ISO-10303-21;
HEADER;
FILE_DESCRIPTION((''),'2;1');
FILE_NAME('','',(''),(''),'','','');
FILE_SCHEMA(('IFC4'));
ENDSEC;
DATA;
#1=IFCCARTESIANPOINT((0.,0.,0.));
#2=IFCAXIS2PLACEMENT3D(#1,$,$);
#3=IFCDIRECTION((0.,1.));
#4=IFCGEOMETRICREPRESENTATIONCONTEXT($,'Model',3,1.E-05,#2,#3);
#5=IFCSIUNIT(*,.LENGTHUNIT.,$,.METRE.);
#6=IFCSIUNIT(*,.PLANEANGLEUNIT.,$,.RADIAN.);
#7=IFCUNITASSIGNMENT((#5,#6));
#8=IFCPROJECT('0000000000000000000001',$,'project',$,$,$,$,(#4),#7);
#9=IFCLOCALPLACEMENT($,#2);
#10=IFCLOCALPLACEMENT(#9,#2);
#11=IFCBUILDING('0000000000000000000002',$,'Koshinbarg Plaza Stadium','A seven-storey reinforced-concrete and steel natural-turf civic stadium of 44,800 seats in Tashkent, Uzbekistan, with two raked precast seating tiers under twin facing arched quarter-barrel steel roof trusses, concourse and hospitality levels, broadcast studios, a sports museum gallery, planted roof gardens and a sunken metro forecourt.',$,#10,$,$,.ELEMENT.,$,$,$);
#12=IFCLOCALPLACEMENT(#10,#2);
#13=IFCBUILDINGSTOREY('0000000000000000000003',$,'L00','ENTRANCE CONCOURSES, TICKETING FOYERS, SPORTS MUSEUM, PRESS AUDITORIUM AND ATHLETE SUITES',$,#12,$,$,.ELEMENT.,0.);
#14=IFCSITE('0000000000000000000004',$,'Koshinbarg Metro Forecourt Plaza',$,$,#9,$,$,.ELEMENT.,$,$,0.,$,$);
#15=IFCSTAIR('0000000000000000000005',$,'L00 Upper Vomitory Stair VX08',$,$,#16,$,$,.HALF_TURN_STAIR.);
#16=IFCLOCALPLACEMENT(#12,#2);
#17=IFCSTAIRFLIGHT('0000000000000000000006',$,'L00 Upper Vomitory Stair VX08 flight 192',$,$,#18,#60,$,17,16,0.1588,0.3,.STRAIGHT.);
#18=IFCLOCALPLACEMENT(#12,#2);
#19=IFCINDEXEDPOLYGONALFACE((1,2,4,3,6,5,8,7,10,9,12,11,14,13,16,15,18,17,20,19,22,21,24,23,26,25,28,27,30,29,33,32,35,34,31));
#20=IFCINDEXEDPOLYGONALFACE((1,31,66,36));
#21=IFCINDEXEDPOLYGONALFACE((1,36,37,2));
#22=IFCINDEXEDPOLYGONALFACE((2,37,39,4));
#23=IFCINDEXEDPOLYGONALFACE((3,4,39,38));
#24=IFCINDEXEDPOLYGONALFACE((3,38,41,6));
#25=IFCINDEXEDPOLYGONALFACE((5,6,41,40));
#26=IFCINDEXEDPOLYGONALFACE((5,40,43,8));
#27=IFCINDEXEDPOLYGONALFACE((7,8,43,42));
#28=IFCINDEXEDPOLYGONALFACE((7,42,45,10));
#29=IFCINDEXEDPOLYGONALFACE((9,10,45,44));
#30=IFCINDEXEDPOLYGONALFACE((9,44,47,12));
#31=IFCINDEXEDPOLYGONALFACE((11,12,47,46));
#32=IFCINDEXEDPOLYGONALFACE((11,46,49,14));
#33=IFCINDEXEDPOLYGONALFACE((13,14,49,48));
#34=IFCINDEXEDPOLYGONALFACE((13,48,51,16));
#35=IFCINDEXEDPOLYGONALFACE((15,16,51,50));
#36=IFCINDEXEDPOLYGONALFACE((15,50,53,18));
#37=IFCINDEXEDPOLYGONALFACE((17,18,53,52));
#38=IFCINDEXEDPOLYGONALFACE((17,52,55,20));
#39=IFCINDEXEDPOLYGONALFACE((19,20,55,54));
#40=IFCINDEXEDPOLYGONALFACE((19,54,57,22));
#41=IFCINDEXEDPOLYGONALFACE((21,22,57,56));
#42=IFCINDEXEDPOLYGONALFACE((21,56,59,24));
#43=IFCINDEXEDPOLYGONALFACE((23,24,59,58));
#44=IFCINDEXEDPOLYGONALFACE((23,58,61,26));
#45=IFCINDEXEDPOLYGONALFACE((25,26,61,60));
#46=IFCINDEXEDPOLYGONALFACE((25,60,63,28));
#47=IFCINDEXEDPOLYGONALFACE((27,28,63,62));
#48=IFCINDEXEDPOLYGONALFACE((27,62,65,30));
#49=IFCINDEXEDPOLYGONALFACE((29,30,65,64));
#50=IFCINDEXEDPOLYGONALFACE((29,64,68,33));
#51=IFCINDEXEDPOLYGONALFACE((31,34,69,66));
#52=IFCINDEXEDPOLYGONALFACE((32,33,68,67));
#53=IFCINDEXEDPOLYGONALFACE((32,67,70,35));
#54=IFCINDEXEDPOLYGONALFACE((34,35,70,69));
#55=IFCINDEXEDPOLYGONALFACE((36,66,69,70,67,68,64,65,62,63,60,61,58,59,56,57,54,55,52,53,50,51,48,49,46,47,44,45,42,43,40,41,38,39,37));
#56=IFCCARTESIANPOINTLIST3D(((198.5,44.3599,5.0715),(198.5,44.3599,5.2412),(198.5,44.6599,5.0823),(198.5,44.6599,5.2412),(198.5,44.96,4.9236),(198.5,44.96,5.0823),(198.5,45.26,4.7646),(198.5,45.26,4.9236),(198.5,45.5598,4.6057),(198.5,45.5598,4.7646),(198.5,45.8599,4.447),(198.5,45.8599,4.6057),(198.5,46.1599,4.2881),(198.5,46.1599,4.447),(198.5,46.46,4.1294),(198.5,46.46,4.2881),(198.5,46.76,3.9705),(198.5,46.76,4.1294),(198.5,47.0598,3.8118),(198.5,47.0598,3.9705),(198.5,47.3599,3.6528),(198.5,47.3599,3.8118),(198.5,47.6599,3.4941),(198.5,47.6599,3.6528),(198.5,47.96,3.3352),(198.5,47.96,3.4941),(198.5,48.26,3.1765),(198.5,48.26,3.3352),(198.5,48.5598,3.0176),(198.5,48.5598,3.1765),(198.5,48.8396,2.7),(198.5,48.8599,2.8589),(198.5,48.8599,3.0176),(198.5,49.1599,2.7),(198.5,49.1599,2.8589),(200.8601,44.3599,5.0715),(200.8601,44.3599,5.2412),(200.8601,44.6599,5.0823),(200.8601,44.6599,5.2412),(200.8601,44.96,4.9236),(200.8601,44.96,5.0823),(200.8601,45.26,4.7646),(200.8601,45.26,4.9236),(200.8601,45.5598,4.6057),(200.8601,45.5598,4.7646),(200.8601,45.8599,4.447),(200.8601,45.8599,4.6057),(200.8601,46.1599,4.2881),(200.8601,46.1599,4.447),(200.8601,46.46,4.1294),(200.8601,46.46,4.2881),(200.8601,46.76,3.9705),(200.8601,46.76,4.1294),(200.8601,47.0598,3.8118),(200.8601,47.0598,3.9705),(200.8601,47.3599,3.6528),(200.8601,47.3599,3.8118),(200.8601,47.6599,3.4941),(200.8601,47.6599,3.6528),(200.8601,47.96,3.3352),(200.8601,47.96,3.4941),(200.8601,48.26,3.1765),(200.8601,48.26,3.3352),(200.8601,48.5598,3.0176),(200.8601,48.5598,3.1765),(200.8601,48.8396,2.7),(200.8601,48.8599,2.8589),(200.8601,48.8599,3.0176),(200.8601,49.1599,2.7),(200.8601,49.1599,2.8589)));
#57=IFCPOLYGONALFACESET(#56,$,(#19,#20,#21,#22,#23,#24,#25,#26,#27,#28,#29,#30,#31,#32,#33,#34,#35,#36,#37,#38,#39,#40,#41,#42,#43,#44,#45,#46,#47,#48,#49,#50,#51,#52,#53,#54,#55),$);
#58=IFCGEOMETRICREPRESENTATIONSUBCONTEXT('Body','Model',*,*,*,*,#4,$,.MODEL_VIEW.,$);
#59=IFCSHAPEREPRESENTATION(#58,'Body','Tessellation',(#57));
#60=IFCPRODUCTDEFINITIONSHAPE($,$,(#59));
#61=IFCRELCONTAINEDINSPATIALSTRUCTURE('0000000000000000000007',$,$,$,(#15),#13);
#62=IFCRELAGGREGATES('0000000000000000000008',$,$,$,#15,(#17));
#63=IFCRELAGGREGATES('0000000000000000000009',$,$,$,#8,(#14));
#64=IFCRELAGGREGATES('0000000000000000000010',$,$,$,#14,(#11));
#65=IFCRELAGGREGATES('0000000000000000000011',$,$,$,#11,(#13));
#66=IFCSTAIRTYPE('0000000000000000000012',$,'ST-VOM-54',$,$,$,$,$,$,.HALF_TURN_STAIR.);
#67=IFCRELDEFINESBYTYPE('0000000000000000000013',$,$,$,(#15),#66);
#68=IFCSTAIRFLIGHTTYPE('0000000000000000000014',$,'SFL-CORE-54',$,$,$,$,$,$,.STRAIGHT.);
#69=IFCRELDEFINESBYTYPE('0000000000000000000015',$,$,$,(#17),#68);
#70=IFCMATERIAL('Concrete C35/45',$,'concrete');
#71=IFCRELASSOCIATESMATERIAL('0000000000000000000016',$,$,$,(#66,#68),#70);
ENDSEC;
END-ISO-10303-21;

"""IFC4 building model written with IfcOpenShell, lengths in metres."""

from ifc_helpers import new_model, si_unit, direction, frame, origin, place, context, subcontext, project, spatial, polyline, outline, extrude, material, type_object, element, aggregate, save


model = new_model("IFC4")

# Units and contexts
model_context = context("Model", 3, precision=1e-05, world=origin(), true_north=direction((0.0, 1.0)))
body_context = subcontext(model_context, "Body", "Model", "MODEL_VIEW")
ifc_project = project(units=[si_unit("LENGTHUNIT", "METRE"), si_unit("PLANEANGLEUNIT", "RADIAN")], contexts=[model_context])

# Site, building, storey
site_placement = place(None, origin())
site = spatial("IfcSite", under=ifc_project, at=site_placement, Name="Koshinbarg Metro Forecourt Plaza", CompositionType="ELEMENT", RefElevation=0.0)
building_placement = place(site_placement, origin())
building = spatial("IfcBuilding", under=site, at=building_placement, Name="Koshinbarg Plaza Stadium", Description="A seven-storey reinforced-concrete and steel natural-turf civic stadium of 44,800 seats in Tashkent, Uzbekistan, with two raked precast seating tiers under twin facing arched quarter-barrel steel roof trusses, concourse and hospitality levels, broadcast studios, a sports museum gallery, planted roof gardens and a sunken metro forecourt.", CompositionType="ELEMENT")
storey_placement = place(building_placement, origin())
storey = spatial("IfcBuildingStorey", under=building, at=storey_placement, Name="L00", Description="ENTRANCE CONCOURSES, TICKETING FOYERS, SPORTS MUSEUM, PRESS AUDITORIUM AND ATHLETE SUITES", CompositionType="ELEMENT", Elevation=0.0)

# Shared definitions
ifc_material_1 = material(Name="Concrete C35/45", Category="concrete")

# Stair, stair flight
stair_type = type_object("IfcStairType", Name="ST-VOM-54", PredefinedType="HALF_TURN_STAIR", material=ifc_material_1)
stair_placement = place(storey_placement, origin())
stair = element("IfcStair", 1, at=stair_placement, inside=storey, type_object=stair_type, Name="L00 Upper Vomitory Stair VX08", PredefinedType="HALF_TURN_STAIR")
stair_flight_type = type_object("IfcStairFlightType", Name="SFL-CORE-54", PredefinedType="STRAIGHT", material=ifc_material_1)
stair_flight_placement = place(storey_placement, frame((199.6799, 49.1599, 2.7), z_axis=(0.0, 0.0, 1.0), x_axis=(0.0, -1.0, 0.0)))
stair_flight = element("IfcStairFlight", 2, at=stair_flight_placement, type_object=stair_flight_type, Name="L00 Upper Vomitory Stair VX08 flight 192", NumberOfRisers=17, NumberOfTreads=16, PredefinedType="STRAIGHT", RiserHeight=0.1588, TreadLength=0.3, context=body_context, shape_type="SweptSolid", body=[
    extrude(outline(polyline([(0.0, 0.0), (0.0, 0.1589), (0.3, 0.1589), (0.3, 0.3176), (0.6001, 0.3176), (0.6001, 0.4766), (0.8999, 0.4766), (0.8999, 0.6353), (1.2, 0.6353), (1.2, 0.7942), (1.5, 0.7942), (1.5, 0.9529), (1.8, 0.9529), (1.8, 1.1118), (2.1001, 1.1118), (2.1001, 1.2705), (2.3999, 1.2705), (2.3999, 1.4294), (2.7, 1.4294), (2.7, 1.5881), (3.0, 1.5881), (3.0, 1.7471), (3.3, 1.7471), (3.3, 1.9058), (3.6001, 1.9058), (3.6001, 2.0647), (3.8999, 2.0647), (3.8999, 2.2236), (4.2, 2.2236), (4.2, 2.3823), (4.5, 2.3823), (4.5, 2.5413), (4.8, 2.5413), (4.8, 2.7), (4.8, 2.3716), (0.3203, 0.0), (0.0, 0.0)])), frame((0.0, 1.1802, 0.0), z_axis=(0.0, -1.0, 0.0), x_axis=(1.0, 0.0, 0.0)), (0.0, 0.0, 1.0), 2.3601),
])
aggregate(stair, [stair_flight])

save(model, "model.ifc")
